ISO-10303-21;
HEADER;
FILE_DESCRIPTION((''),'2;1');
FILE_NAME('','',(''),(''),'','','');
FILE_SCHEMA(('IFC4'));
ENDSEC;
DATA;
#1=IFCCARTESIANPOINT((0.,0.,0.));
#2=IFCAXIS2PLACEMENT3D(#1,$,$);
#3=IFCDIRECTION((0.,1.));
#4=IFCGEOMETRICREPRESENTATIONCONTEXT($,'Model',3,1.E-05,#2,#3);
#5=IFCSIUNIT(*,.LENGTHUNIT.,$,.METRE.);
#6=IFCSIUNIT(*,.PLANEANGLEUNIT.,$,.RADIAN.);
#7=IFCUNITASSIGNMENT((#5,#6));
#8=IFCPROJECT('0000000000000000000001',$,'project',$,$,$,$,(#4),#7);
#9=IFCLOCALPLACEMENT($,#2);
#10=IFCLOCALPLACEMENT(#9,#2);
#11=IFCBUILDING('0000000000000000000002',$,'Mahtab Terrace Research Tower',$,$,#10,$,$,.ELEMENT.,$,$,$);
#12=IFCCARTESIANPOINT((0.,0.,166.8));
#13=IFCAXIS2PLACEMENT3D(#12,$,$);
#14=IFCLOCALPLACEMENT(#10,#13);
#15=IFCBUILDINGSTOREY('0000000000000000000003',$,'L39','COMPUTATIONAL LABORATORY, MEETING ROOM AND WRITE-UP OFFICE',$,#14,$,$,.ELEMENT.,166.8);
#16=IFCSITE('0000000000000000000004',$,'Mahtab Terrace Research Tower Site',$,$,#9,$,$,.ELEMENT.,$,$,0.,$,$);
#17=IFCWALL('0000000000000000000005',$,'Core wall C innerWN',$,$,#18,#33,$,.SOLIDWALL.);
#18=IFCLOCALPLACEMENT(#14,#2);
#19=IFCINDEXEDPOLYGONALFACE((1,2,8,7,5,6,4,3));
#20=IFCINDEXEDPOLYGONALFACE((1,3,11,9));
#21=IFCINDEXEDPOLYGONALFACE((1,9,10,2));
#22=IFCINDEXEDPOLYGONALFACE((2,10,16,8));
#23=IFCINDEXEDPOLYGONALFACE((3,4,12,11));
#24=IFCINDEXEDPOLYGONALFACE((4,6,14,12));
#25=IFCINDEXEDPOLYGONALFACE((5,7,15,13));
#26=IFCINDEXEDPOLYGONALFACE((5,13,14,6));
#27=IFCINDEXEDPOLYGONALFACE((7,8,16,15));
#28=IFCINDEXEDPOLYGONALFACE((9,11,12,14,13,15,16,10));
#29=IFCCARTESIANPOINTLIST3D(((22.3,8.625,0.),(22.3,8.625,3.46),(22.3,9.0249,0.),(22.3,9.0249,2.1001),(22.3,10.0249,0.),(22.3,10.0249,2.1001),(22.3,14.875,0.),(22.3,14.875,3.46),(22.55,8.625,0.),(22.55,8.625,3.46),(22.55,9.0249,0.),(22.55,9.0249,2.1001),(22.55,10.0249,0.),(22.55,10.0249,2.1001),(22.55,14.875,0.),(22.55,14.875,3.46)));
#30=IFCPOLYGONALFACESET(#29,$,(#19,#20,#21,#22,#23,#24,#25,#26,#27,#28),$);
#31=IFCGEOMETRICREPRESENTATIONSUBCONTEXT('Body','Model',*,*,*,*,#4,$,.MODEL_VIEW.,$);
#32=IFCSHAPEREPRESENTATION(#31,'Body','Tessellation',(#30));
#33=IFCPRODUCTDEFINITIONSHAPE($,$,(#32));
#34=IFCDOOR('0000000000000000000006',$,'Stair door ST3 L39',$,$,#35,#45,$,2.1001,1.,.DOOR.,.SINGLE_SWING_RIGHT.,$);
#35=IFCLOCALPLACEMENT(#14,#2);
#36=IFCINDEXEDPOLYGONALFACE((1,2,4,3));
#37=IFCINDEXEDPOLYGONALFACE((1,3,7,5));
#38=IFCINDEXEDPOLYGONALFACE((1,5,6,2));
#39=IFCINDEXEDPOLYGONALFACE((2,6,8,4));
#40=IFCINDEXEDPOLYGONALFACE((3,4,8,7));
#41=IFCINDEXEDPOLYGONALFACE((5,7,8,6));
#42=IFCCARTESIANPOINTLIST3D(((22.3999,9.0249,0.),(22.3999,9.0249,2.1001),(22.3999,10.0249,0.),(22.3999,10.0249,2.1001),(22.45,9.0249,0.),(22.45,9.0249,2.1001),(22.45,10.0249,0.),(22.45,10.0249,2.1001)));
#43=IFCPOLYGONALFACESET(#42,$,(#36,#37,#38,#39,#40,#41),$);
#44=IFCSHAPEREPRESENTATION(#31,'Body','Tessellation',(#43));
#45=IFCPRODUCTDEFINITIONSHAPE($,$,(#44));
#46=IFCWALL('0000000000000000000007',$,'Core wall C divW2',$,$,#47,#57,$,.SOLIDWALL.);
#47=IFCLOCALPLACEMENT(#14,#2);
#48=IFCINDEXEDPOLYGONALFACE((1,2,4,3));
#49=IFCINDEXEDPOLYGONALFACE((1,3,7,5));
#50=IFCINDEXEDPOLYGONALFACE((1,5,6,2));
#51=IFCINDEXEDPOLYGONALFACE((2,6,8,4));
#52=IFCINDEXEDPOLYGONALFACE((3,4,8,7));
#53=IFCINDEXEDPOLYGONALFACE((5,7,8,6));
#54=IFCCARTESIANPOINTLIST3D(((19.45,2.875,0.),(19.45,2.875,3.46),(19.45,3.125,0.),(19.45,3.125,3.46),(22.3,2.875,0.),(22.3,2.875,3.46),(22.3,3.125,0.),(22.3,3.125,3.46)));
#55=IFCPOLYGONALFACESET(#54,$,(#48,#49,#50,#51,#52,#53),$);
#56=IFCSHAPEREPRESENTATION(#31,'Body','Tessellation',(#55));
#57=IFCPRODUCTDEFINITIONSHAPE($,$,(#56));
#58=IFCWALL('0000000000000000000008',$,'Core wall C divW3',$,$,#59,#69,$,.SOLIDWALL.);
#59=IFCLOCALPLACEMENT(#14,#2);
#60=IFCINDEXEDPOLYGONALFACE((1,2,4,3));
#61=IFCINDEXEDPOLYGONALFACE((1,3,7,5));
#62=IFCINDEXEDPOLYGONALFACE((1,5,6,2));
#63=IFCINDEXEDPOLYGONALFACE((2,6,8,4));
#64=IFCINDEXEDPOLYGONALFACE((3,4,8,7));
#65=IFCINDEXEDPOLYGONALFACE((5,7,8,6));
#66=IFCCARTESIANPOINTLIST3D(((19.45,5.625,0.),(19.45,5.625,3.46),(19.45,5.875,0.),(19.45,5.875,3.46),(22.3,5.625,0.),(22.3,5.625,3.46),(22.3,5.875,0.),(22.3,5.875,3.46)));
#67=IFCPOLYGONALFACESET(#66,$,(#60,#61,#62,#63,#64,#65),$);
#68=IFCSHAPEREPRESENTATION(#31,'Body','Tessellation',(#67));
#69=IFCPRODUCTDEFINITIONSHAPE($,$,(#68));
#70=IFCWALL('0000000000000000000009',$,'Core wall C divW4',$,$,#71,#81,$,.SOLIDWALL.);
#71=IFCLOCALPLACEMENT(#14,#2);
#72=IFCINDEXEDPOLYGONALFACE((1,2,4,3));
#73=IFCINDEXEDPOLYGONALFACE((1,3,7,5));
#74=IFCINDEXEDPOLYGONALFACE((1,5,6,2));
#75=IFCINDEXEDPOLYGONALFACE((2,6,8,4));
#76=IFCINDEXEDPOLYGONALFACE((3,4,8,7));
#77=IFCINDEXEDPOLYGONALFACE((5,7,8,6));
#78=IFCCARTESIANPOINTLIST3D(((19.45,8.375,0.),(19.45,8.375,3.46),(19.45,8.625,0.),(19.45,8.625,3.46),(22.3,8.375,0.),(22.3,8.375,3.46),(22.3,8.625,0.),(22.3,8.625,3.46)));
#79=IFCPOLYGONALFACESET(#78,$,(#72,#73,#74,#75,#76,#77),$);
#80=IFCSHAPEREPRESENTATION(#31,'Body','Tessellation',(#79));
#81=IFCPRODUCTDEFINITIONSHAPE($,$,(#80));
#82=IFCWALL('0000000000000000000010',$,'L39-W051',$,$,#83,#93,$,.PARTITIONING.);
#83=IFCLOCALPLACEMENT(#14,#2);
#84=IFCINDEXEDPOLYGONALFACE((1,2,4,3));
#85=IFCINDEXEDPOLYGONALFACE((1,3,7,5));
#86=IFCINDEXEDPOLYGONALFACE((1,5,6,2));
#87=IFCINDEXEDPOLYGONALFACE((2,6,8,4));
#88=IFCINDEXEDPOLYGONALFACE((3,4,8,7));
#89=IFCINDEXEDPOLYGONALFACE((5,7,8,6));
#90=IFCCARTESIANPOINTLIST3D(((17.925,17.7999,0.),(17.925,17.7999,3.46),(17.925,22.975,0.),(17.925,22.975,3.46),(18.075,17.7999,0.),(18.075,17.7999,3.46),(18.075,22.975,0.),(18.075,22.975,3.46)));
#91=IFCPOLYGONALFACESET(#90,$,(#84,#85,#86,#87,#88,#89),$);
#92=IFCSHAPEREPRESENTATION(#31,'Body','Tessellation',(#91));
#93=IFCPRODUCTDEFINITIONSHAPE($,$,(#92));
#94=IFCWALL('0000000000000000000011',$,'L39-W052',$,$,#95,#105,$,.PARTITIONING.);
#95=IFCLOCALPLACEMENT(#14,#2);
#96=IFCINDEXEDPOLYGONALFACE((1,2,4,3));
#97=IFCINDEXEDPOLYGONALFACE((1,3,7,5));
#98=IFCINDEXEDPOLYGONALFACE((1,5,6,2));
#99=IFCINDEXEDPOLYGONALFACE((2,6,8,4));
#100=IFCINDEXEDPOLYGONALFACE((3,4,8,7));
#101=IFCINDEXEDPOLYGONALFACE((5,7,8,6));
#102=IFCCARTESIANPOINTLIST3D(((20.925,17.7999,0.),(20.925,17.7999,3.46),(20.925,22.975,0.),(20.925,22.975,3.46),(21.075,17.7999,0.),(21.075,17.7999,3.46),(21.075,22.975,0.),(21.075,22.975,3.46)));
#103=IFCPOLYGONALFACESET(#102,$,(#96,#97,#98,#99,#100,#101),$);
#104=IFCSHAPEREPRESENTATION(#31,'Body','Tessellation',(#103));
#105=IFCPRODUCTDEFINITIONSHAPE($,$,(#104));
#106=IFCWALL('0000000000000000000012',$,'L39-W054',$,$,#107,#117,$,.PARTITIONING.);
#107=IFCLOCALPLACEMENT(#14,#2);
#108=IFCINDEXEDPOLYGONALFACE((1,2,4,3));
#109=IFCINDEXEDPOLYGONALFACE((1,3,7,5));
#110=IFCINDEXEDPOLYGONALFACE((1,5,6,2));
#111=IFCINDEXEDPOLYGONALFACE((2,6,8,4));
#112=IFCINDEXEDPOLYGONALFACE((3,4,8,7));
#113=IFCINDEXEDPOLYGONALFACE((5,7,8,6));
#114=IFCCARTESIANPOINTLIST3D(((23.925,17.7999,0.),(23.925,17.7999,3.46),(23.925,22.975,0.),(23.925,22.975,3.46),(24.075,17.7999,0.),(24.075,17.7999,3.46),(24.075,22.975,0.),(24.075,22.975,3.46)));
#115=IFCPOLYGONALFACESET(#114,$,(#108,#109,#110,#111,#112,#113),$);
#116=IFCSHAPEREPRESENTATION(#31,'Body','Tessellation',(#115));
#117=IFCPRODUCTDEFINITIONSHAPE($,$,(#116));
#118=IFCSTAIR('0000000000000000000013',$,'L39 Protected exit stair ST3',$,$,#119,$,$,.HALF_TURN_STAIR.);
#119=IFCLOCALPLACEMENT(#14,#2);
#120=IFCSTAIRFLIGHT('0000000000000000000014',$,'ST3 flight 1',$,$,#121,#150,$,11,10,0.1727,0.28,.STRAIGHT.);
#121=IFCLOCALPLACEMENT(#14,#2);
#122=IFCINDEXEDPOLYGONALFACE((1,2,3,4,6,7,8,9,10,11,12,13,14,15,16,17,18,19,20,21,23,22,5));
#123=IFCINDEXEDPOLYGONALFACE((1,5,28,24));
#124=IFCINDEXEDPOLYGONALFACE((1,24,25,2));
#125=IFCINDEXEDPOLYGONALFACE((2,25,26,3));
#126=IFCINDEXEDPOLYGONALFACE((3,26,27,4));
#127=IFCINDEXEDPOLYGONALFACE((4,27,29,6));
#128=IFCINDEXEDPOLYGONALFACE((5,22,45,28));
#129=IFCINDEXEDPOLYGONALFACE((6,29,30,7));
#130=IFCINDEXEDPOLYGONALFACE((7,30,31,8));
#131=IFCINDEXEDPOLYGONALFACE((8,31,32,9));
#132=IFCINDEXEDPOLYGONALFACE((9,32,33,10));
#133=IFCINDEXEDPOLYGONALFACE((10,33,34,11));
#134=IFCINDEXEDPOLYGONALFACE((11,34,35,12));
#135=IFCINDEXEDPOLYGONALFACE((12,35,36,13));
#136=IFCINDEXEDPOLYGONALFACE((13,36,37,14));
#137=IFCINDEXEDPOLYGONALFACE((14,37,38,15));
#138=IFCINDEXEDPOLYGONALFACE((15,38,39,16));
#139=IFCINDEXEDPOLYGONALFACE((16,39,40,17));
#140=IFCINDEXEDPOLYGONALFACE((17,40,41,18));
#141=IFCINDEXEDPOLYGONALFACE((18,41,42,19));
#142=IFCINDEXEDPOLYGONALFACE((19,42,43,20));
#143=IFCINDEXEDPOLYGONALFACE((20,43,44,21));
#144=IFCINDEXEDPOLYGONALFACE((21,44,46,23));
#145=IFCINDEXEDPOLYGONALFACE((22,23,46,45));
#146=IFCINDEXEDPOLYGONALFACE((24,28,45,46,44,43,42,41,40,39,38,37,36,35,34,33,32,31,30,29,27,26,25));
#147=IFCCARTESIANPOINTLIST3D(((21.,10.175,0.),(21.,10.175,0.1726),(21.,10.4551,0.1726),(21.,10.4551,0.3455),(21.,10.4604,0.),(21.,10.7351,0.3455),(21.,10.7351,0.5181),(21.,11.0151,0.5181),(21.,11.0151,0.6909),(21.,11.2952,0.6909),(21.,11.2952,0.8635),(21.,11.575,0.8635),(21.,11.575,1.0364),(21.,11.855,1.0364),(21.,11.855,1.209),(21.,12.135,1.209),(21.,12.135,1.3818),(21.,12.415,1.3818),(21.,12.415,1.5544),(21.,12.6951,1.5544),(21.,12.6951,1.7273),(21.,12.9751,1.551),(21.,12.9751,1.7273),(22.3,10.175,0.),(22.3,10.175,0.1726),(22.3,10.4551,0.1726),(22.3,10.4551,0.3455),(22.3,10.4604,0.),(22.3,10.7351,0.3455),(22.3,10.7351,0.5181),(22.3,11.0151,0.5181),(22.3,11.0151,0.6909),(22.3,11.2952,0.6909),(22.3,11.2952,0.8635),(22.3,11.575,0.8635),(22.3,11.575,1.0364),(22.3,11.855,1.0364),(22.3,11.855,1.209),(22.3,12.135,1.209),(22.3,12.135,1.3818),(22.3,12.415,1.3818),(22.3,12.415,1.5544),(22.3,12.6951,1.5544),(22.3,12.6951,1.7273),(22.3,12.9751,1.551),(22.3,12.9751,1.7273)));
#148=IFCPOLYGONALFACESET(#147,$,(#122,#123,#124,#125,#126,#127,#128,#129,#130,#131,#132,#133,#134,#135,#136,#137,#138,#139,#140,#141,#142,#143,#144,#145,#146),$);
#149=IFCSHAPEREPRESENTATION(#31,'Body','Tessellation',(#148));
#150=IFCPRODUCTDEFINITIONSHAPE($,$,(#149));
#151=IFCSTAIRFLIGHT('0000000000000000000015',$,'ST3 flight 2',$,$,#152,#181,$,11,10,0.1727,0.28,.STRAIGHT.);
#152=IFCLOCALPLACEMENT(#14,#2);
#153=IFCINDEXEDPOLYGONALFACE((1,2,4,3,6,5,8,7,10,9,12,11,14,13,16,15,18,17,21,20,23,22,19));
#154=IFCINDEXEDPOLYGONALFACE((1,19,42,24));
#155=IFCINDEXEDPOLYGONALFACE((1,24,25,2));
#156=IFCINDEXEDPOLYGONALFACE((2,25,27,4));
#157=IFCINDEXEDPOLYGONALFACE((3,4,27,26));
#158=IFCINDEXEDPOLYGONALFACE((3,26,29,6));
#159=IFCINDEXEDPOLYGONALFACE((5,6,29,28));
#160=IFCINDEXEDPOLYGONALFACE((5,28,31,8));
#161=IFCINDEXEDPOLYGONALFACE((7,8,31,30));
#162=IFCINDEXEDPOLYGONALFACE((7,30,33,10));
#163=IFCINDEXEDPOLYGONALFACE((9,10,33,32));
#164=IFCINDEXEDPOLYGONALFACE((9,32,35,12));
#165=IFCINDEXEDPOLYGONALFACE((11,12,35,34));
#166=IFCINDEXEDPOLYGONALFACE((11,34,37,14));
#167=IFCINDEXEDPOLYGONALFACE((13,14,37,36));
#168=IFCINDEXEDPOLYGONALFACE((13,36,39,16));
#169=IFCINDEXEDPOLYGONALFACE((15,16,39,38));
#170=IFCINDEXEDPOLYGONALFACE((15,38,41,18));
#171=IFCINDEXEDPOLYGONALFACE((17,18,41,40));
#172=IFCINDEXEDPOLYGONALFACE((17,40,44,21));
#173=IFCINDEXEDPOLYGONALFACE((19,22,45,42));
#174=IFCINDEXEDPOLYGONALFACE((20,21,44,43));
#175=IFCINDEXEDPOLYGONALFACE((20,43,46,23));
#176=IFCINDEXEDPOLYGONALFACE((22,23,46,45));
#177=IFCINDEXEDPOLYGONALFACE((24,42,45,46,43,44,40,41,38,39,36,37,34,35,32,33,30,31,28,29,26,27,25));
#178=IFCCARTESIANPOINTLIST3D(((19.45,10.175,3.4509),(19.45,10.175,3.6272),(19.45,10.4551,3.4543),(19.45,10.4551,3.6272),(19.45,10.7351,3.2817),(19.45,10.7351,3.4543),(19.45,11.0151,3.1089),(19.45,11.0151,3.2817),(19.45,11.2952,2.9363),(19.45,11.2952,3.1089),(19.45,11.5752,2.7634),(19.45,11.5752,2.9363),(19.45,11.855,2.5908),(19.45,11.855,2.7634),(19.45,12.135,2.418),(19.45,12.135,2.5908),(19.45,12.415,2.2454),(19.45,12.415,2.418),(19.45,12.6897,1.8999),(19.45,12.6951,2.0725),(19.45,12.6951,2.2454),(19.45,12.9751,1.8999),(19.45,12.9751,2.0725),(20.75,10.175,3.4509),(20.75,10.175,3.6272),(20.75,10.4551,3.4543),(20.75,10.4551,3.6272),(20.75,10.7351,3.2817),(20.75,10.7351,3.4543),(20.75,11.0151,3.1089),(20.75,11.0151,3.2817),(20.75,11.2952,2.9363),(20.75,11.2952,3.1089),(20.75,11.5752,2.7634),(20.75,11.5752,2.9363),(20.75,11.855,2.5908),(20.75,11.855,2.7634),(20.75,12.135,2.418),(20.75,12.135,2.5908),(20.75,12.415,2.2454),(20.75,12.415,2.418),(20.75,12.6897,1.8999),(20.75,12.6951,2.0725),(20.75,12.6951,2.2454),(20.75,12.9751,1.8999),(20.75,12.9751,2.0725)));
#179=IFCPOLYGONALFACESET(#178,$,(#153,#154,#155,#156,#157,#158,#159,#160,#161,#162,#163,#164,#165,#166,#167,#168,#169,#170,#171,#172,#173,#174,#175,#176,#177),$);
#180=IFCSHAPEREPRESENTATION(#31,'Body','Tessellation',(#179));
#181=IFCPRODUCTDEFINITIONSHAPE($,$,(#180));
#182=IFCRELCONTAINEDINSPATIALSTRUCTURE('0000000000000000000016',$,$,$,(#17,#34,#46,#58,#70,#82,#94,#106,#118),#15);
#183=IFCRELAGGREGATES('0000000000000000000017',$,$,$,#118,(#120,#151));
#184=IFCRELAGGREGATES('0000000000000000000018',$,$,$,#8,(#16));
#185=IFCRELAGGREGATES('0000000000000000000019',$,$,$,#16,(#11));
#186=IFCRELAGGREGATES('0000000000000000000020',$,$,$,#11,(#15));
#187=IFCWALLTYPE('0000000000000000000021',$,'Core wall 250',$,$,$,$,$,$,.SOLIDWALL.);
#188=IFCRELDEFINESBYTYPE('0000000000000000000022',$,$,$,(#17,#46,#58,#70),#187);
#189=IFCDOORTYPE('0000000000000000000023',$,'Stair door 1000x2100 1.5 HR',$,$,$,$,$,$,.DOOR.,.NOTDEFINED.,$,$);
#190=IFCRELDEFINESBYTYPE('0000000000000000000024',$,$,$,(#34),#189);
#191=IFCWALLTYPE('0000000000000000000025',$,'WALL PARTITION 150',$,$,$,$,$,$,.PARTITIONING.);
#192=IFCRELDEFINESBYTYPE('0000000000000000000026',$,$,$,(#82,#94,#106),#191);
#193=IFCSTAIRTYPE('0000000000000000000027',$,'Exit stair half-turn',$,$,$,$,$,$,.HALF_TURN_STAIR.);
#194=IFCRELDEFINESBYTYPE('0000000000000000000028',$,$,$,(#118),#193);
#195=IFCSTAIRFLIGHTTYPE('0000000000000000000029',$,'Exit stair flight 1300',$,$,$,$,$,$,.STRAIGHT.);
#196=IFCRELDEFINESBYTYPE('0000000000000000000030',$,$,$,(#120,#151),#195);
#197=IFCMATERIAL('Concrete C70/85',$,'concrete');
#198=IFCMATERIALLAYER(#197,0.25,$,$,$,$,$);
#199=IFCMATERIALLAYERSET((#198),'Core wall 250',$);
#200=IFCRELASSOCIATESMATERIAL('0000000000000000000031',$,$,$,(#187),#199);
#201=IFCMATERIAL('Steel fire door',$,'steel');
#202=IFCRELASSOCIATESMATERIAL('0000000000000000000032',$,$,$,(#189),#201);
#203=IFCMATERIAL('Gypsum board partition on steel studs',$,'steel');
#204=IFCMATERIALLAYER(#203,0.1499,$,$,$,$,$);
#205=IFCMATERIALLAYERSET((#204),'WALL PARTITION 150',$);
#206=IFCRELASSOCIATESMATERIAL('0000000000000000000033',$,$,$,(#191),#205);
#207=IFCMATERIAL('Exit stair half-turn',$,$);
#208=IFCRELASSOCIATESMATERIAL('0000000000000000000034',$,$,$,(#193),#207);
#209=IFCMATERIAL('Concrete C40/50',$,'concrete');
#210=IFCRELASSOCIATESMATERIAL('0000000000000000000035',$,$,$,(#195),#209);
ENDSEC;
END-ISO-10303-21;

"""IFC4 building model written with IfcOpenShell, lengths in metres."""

from ifc_helpers import new_model, si_unit, direction, frame, frame_2d, origin, place, context, subcontext, project, spatial, polyline, rectangle, outline, extrude, material, layer, layer_set, type_object, element, fill, aggregate, save


model = new_model("IFC4")

# Units and contexts
model_context = context("Model", 3, precision=1e-05, world=origin(), true_north=direction((0.0, 1.0)))
body_context = subcontext(model_context, "Body", "Model", "MODEL_VIEW")
ifc_project = project(units=[si_unit("LENGTHUNIT", "METRE"), si_unit("PLANEANGLEUNIT", "RADIAN")], contexts=[model_context])

# Site, building, storey
site_placement = place(None, origin())
site = spatial("IfcSite", under=ifc_project, at=site_placement, Name="Mahtab Terrace Research Tower Site", CompositionType="ELEMENT", RefElevation=0.0)
building_placement = place(site_placement, origin())
building = spatial("IfcBuilding", under=site, at=building_placement, Name="Mahtab Terrace Research Tower", CompositionType="ELEMENT")
storey_placement = place(building_placement, frame((0.0, 0.0, 166.8)))
storey = spatial("IfcBuildingStorey", under=building, at=storey_placement, Name="L39", Description="COMPUTATIONAL LABORATORY, MEETING ROOM AND WRITE-UP OFFICE", CompositionType="ELEMENT", Elevation=166.8)

# Shared definitions
ifc_material_1 = material(Name="Concrete C70/85", Category="concrete")

# Shared definitions
ifc_layer_1 = layer(ifc_material_1, 0.25)
ifc_layer_set_1 = layer_set([ifc_layer_1], Name="Core wall 250")
wall_type_1 = type_object("IfcWallType", Name="Core wall 250", PredefinedType="SOLIDWALL", material=ifc_layer_set_1)

# Wall, opening, door
ifc_material_2 = material(Name="Steel fire door", Category="steel")
wall_1_placement = place(storey_placement, frame((22.425, 14.875, 0.0), z_axis=(0.0, 0.0, 1.0), x_axis=(0.0, -1.0, 0.0)))
wall_1 = element("IfcWall", 1, at=wall_1_placement, inside=storey, type_object=wall_type_1, Name="Core wall C innerWN", PredefinedType="SOLIDWALL", context=body_context, shape_type="SweptSolid", body=[
    extrude(rectangle(XDim=6.25, YDim=0.25, at=frame_2d((3.125, 0.0))), origin(), (0.0, 0.0, 1.0), 3.46),
])
opening_1_placement = place(wall_1_placement, frame((4.8501, 0.0, 0.0)))
opening_1 = element("IfcOpeningElement", 2, at=opening_1_placement, cuts=wall_1, PredefinedType="OPENING", context=body_context, shape_type="SweptSolid", body=[
    extrude(rectangle(XDim=1.0, YDim=2.1001, at=frame_2d((0.5, 1.05))), frame((0.0, 0.135, 0.0), z_axis=(0.0, -1.0, 0.0), x_axis=(1.0, 0.0, 0.0)), (0.0, 0.0, 1.0), 0.27),
])
door_type_1 = type_object("IfcDoorType", Name="Stair door 1000x2100 1.5 HR", OperationType="NOTDEFINED", PredefinedType="DOOR", material=ifc_material_2)
door_1_placement = place(opening_1_placement, origin())
door_1 = element("IfcDoor", 3, at=door_1_placement, inside=storey, type_object=door_type_1, Name="Stair door ST3 L39", OperationType="SINGLE_SWING_RIGHT", OverallHeight=2.1001, OverallWidth=1.0, PredefinedType="DOOR", context=body_context, shape_type="SweptSolid", body=[
    extrude(rectangle(XDim=1.0, YDim=2.1001, at=frame_2d((0.5, 1.05))), frame((0.0, 0.0249, 0.0), z_axis=(0.0, -1.0, 0.0), x_axis=(1.0, 0.0, 0.0)), (0.0, 0.0, 1.0), 0.05),
])
fill(opening_1, door_1)

# Walls
for number, where, z_axis, x_axis, name in (
    (4, (19.45, 3.0, 0.0), (0.0, 0.0, 1.0), (1.0, 0.0, 0.0), "Core wall C divW2"),
    (5, (19.45, 5.75, 0.0), (0.0, 0.0, 1.0), (1.0, 0.0, 0.0), "Core wall C divW3"),
    (6, (19.45, 8.5, 0.0), (0.0, 0.0, 1.0), (1.0, 0.0, 0.0), "Core wall C divW4"),
):
    element("IfcWall", number, at=place(storey_placement, frame(where, z_axis=z_axis, x_axis=x_axis)), inside=storey, type_object=wall_type_1, Name=name, PredefinedType="SOLIDWALL", context=body_context, shape_type="SweptSolid", body=[
        extrude(rectangle(XDim=2.8501, YDim=0.25, at=frame_2d((1.425, 0.0))), origin(), (0.0, 0.0, 1.0), 3.46),
    ])
ifc_material_3 = material(Name="Gypsum board partition on steel studs", Category="steel")
ifc_layer_2 = layer(ifc_material_3, 0.1499)
ifc_layer_set_2 = layer_set([ifc_layer_2], Name="WALL PARTITION 150")
wall_type_2 = type_object("IfcWallType", Name="WALL PARTITION 150", PredefinedType="PARTITIONING", material=ifc_layer_set_2)
for number, where, z_axis, x_axis, name in (
    (7, (18.0, 17.8, 0.0), (0.0, 0.0, 1.0), (0.0, 1.0, 0.0), "L39-W051"),
    (8, (21.0, 17.8, 0.0), (0.0, 0.0, 1.0), (0.0, 1.0, 0.0), "L39-W052"),
    (9, (24.0, 17.8, 0.0), (0.0, 0.0, 1.0), (0.0, 1.0, 0.0), "L39-W054"),
):
    element("IfcWall", number, at=place(storey_placement, frame(where, z_axis=z_axis, x_axis=x_axis)), inside=storey, type_object=wall_type_2, Name=name, PredefinedType="PARTITIONING", context=body_context, shape_type="SweptSolid", body=[
        extrude(rectangle(XDim=5.175, YDim=0.1499, at=frame_2d((2.5874, 0.0))), origin(), (0.0, 0.0, 1.0), 3.46),
    ])

# Stair, stair flights
ifc_material_4 = material(Name="Exit stair half-turn")
stair_type = type_object("IfcStairType", Name="Exit stair half-turn", PredefinedType="HALF_TURN_STAIR", material=ifc_material_4)
stair_placement = place(storey_placement, origin())
stair = element("IfcStair", 10, at=stair_placement, inside=storey, type_object=stair_type, Name="L39 Protected exit stair ST3", PredefinedType="HALF_TURN_STAIR")
ifc_material_5 = material(Name="Concrete C40/50", Category="concrete")
stair_flight_type = type_object("IfcStairFlightType", Name="Exit stair flight 1300", PredefinedType="STRAIGHT", material=ifc_material_5)
stair_flight_1_placement = place(storey_placement, frame((21.6499, 10.175, 0.0), z_axis=(0.0, 0.0, 1.0), x_axis=(0.0, 1.0, 0.0)))
stair_flight_1 = element("IfcStairFlight", 11, at=stair_flight_1_placement, type_object=stair_flight_type, Name="ST3 flight 1", NumberOfRisers=11, NumberOfTreads=10, PredefinedType="STRAIGHT", RiserHeight=0.1727, TreadLength=0.28, context=body_context, shape_type="SweptSolid", body=[
    extrude(outline(polyline([(0.0, 0.0), (0.0, 0.1726), (0.28, 0.1726), (0.28, 0.3455), (0.5601, 0.3455), (0.5601, 0.5181), (0.8401, 0.5181), (0.8401, 0.6909), (1.1201, 0.6909), (1.1201, 0.8635), (1.3999, 0.8635), (1.3999, 1.0364), (1.6799, 1.0364), (1.6799, 1.209), (1.96, 1.209), (1.96, 1.3818), (2.24, 1.3818), (2.24, 1.5544), (2.52, 1.5544), (2.52, 1.7273), (2.8, 1.7273), (2.8, 1.8999), (2.8, 1.551), (0.2854, 0.0), (0.0, 0.0)])), frame((0.0, 0.6499, 0.0), z_axis=(0.0, -1.0, 0.0), x_axis=(1.0, 0.0, 0.0)), (0.0, 0.0, 1.0), 1.3),
])
stair_flight_2_placement = place(storey_placement, frame((20.1001, 12.9751, 1.8999), z_axis=(0.0, 0.0, 1.0), x_axis=(0.0, -1.0, 0.0)))
stair_flight_2 = element("IfcStairFlight", 12, at=stair_flight_2_placement, type_object=stair_flight_type, Name="ST3 flight 2", NumberOfRisers=11, NumberOfTreads=10, PredefinedType="STRAIGHT", RiserHeight=0.1727, TreadLength=0.28, context=body_context, shape_type="SweptSolid", body=[
    extrude(outline(polyline([(0.0, 0.0), (0.0, 0.1726), (0.28, 0.1726), (0.28, 0.3455), (0.5601, 0.3455), (0.5601, 0.5181), (0.8401, 0.5181), (0.8401, 0.6909), (1.1201, 0.6909), (1.1201, 0.8635), (1.3999, 0.8635), (1.3999, 1.0364), (1.6799, 1.0364), (1.6799, 1.209), (1.96, 1.209), (1.96, 1.3818), (2.24, 1.3818), (2.24, 1.5544), (2.52, 1.5544), (2.52, 1.7273), (2.8, 1.7273), (2.8, 1.8999), (2.8, 1.551), (0.2854, 0.0), (0.0, 0.0)])), frame((0.0, 0.6499, 0.0), z_axis=(0.0, -1.0, 0.0), x_axis=(1.0, 0.0, 0.0)), (0.0, 0.0, 1.0), 1.3),
])
aggregate(stair, [stair_flight_1, stair_flight_2])

save(model, "model.ifc")
